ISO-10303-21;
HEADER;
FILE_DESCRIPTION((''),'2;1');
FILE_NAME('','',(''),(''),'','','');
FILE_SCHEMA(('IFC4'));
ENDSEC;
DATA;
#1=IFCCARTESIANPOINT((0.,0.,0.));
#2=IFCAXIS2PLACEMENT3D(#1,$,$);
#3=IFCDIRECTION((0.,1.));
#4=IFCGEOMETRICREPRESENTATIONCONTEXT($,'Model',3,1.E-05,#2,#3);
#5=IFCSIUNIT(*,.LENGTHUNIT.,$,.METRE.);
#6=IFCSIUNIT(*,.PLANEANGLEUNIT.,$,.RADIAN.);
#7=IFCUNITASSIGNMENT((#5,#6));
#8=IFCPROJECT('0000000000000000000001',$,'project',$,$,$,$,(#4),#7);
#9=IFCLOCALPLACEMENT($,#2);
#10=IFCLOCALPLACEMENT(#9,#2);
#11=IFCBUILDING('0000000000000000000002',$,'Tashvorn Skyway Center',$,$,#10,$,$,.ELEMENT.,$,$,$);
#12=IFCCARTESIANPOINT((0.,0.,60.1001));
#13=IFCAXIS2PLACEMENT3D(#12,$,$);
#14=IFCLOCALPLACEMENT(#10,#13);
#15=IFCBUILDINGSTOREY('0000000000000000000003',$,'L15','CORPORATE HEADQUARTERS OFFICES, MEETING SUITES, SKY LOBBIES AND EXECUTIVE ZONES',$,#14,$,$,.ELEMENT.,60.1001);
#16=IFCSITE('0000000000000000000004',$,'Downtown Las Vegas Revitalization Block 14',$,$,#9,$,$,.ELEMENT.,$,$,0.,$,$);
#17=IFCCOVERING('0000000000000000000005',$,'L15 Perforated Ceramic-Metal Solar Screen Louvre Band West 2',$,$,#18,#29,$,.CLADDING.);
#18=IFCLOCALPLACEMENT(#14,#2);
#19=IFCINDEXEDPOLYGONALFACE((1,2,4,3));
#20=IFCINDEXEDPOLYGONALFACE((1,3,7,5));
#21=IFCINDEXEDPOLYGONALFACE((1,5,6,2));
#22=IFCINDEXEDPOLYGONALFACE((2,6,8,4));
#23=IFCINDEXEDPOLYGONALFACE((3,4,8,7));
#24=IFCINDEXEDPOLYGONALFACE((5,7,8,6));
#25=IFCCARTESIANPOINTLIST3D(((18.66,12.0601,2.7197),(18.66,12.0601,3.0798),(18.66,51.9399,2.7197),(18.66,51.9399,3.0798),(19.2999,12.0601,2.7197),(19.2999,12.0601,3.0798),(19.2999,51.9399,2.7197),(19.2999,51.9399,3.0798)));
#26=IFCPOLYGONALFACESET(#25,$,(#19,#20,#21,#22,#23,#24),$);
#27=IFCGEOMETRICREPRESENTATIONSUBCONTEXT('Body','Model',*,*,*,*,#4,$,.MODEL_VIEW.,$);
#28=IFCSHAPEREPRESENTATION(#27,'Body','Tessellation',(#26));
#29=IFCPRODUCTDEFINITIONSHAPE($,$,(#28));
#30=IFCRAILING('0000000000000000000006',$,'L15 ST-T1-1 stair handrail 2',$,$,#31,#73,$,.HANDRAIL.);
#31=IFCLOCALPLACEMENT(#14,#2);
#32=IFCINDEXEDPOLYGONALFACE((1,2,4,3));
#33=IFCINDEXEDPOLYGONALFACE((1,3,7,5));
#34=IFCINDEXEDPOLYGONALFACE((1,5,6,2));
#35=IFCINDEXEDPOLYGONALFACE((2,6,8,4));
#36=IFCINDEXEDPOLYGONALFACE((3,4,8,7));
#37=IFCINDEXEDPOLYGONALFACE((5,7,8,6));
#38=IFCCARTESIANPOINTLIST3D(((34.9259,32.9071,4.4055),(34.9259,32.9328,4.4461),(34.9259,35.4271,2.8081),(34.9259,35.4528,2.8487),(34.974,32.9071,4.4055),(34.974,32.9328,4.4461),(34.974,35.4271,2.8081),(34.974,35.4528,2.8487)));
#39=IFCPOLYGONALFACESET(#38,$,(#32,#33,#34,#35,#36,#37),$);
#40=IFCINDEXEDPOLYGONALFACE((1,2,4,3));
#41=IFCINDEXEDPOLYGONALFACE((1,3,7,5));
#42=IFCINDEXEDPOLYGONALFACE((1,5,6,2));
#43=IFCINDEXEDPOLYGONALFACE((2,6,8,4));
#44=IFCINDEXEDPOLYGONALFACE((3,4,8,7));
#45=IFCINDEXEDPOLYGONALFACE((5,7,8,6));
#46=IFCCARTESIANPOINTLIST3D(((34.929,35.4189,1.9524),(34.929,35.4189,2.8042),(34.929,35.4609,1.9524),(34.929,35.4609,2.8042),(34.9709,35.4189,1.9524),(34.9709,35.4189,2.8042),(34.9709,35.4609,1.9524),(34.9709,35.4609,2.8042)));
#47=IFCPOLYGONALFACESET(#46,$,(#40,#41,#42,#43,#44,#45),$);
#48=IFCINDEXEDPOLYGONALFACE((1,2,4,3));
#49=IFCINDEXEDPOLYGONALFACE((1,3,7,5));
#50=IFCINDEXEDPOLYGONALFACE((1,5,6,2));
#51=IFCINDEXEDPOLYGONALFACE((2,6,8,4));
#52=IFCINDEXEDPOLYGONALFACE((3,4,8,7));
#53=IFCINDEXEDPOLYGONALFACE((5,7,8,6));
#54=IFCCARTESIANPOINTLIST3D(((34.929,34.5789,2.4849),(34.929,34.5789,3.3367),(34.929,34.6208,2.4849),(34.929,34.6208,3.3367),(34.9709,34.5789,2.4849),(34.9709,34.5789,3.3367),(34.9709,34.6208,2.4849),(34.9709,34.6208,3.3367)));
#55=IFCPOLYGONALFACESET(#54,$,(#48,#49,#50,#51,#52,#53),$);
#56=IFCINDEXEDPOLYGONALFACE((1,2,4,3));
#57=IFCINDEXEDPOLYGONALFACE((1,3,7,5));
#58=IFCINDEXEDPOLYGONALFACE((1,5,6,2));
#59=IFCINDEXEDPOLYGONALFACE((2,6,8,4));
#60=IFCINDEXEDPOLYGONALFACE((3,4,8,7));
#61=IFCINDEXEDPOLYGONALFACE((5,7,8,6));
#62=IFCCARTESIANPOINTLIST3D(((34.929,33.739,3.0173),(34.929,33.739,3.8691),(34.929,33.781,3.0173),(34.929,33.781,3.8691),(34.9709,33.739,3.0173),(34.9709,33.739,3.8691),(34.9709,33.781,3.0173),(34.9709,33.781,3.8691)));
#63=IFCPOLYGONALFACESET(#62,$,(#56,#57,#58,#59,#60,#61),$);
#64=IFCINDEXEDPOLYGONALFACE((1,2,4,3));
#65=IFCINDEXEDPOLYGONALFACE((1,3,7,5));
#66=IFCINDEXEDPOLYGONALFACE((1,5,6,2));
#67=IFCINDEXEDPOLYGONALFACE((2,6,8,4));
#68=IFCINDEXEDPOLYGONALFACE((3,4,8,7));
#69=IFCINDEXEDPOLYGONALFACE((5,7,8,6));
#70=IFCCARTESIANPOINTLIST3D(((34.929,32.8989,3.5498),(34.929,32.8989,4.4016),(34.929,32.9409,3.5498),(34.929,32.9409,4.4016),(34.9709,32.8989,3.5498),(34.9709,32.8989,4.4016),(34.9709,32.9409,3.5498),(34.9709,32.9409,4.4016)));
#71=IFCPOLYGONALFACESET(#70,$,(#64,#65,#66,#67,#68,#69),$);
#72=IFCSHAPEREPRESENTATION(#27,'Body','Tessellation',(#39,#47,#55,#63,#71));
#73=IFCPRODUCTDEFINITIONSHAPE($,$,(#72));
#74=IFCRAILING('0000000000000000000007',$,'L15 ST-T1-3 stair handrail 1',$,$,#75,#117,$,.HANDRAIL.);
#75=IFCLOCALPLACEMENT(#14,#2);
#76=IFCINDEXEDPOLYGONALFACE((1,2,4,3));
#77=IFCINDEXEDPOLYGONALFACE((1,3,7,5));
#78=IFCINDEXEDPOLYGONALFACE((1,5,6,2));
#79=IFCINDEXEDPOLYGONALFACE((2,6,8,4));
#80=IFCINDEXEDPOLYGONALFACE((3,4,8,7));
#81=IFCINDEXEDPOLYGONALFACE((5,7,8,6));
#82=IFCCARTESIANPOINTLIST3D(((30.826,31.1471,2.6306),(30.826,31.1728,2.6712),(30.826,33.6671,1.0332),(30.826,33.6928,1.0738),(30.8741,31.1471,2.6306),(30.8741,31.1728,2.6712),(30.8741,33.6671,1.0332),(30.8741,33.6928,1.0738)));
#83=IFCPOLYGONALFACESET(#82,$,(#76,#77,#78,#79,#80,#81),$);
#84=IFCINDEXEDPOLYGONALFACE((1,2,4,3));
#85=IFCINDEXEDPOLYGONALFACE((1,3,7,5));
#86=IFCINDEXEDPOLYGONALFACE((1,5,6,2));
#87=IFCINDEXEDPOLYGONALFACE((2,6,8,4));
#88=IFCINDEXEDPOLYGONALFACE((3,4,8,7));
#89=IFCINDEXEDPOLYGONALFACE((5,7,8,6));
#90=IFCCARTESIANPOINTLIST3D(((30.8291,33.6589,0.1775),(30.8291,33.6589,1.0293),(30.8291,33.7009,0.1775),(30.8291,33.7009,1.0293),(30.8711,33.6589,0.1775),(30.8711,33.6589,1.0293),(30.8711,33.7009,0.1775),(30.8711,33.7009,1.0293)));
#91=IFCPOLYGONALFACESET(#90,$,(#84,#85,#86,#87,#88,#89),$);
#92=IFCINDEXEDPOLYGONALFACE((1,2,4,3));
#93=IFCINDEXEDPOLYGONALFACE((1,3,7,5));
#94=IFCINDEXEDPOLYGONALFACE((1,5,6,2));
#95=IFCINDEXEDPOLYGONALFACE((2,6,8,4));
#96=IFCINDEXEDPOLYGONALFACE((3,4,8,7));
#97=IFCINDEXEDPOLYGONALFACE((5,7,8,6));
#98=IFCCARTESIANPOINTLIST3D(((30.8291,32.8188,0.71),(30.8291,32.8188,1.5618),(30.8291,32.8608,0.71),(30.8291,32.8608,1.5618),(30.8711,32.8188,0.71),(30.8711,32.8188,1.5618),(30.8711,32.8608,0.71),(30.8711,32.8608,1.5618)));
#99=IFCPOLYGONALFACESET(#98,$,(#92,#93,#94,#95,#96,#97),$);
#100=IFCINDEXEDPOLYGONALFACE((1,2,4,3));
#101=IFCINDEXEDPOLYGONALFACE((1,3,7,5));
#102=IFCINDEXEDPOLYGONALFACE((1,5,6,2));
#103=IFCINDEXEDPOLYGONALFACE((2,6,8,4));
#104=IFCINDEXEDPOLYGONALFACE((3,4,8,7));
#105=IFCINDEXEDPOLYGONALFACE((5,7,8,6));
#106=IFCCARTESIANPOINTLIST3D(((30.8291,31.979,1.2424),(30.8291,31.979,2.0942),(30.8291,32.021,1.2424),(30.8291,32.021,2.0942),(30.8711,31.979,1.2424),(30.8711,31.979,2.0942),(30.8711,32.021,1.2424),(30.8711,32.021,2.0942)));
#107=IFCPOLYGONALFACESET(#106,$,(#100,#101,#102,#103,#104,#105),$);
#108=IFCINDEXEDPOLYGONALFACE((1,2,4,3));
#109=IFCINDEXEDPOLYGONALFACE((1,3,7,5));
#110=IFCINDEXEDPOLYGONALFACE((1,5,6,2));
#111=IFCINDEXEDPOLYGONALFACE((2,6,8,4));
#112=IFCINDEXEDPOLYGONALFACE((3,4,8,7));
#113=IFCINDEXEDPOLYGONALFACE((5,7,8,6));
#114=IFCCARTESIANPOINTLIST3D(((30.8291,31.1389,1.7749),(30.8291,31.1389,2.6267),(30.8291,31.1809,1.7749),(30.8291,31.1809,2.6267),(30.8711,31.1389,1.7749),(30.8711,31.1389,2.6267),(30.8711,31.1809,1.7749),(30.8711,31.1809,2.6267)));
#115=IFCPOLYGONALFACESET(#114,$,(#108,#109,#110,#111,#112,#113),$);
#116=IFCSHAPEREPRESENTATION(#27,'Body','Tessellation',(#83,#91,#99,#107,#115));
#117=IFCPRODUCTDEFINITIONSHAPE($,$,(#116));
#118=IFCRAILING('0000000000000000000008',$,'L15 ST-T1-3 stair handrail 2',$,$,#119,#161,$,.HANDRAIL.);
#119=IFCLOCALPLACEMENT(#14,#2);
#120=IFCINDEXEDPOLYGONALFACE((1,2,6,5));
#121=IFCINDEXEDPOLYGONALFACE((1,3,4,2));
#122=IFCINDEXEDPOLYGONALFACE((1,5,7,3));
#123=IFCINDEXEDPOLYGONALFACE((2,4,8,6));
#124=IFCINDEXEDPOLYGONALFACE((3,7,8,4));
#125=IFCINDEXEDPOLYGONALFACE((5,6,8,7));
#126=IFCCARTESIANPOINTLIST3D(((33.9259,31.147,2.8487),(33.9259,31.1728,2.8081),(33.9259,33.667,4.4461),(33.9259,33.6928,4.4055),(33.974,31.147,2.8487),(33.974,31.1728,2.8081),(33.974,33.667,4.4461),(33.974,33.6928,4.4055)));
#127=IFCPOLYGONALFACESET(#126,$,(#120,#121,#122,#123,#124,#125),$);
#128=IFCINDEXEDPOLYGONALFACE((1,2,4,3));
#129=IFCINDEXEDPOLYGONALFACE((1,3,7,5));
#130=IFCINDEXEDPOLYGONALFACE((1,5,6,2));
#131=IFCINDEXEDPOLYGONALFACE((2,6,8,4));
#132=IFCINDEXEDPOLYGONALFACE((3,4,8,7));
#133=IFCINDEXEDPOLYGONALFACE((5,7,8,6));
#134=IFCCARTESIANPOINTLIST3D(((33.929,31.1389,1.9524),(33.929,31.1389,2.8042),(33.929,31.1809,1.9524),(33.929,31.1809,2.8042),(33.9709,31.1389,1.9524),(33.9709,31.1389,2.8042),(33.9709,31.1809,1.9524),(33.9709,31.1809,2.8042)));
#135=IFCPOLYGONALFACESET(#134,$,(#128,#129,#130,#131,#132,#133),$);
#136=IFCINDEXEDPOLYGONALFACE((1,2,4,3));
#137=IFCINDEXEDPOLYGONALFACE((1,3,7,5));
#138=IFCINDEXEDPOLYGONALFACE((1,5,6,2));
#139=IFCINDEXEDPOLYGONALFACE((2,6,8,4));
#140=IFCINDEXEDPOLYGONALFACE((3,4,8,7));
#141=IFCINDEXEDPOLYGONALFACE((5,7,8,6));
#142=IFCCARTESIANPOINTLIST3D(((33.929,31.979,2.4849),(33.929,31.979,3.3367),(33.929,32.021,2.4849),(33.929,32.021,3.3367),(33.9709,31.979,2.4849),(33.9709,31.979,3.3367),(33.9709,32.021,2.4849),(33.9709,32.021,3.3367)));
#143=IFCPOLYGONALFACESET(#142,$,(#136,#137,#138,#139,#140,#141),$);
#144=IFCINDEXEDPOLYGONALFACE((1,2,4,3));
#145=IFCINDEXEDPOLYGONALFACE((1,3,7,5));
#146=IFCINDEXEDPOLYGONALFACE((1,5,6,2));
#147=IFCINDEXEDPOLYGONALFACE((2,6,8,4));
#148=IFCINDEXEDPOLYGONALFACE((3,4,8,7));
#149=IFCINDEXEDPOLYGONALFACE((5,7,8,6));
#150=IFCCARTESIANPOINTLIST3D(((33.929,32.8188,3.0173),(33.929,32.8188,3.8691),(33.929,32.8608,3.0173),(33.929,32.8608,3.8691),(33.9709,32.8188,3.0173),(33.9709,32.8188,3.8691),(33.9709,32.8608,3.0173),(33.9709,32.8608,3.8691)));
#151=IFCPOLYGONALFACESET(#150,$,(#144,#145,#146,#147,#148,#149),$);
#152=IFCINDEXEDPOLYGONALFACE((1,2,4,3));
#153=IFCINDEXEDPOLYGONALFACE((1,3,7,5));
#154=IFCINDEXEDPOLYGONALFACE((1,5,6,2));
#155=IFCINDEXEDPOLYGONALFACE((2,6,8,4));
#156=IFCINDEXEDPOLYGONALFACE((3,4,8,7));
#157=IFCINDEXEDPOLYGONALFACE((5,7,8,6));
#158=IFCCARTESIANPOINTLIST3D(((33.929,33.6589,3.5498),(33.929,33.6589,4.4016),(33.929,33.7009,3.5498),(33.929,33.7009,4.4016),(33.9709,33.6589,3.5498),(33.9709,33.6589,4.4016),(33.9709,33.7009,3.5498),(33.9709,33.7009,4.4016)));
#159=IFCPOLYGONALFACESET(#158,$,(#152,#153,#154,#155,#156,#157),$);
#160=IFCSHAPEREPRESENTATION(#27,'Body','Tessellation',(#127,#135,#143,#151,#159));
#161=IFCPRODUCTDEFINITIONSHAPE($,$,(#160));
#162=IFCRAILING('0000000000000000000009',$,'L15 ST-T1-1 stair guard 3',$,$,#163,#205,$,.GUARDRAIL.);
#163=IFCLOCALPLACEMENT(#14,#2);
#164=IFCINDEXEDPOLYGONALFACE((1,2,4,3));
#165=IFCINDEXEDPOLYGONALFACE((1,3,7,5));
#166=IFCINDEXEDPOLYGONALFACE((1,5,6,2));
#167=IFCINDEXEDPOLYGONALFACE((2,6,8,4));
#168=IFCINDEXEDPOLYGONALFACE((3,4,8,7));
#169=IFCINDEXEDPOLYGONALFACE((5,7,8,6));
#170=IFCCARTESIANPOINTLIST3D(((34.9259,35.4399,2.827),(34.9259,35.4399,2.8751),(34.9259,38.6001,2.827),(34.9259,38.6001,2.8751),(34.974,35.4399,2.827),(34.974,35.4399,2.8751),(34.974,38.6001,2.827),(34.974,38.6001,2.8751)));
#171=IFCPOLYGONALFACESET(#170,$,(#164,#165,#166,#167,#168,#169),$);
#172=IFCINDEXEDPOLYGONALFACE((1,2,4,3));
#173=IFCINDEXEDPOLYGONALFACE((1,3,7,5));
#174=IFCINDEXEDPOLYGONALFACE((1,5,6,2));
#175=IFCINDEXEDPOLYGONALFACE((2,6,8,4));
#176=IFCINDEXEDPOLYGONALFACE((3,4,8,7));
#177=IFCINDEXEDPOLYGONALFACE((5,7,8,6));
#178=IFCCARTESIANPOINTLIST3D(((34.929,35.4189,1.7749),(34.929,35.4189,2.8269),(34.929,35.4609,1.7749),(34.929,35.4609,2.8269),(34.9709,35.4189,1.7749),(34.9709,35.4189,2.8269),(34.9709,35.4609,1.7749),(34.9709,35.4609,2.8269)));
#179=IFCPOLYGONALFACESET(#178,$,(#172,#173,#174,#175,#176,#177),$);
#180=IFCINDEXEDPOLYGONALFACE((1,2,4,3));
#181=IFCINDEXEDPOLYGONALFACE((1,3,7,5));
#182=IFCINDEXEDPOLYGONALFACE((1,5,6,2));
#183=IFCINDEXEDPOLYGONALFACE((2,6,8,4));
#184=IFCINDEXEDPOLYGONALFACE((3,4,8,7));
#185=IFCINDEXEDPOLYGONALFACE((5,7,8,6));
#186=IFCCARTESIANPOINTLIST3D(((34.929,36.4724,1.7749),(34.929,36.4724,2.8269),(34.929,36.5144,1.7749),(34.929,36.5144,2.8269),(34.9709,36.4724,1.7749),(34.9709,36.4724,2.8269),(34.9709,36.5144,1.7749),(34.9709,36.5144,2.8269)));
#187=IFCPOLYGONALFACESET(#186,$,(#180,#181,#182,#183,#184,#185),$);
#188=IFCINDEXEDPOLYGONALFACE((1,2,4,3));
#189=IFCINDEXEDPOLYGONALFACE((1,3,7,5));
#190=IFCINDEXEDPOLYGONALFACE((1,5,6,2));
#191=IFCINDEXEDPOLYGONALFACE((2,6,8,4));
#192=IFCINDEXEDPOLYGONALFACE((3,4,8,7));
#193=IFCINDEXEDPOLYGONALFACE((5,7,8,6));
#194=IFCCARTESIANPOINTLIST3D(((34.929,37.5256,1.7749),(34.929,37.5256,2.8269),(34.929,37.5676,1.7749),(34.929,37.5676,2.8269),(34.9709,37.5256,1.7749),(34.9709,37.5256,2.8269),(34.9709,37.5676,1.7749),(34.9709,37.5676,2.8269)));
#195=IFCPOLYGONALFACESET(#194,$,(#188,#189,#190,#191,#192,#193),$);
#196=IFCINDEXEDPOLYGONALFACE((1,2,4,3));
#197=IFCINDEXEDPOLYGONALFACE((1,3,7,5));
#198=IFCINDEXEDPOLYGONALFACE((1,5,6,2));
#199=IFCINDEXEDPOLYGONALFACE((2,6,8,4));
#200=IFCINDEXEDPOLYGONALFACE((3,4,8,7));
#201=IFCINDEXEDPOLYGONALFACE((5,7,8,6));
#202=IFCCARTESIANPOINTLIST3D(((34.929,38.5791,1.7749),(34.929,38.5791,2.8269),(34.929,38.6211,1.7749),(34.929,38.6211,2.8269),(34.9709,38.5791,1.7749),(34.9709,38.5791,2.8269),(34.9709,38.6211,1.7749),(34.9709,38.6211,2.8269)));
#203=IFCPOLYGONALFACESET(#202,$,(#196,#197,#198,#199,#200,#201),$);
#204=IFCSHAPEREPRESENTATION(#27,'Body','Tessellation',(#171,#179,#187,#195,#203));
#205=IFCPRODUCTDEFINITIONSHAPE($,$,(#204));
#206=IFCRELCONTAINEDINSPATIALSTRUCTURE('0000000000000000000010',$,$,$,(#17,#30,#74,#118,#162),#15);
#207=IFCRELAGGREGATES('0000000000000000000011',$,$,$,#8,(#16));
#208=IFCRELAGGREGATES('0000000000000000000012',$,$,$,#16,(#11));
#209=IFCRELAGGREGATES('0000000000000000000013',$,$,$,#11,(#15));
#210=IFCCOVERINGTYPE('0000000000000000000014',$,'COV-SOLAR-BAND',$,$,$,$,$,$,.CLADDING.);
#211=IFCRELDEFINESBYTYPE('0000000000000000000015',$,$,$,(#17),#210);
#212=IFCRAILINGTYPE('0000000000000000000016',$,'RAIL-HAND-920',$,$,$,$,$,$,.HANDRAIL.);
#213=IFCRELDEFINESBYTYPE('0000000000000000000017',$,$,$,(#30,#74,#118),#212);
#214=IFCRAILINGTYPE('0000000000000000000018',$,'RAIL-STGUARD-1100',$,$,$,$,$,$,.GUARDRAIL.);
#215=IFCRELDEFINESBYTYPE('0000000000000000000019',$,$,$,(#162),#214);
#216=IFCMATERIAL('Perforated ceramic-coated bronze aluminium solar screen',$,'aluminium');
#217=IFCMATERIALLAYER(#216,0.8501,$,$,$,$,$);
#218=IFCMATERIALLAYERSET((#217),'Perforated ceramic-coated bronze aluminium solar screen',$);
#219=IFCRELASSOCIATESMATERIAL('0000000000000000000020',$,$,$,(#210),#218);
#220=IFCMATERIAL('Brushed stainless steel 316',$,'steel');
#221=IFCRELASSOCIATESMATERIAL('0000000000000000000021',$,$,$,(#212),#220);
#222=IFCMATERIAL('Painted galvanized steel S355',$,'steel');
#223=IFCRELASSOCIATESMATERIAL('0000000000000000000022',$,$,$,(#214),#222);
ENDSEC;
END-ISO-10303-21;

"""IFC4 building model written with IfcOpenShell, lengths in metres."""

from ifc_helpers import new_model, si_unit, direction, frame, origin, origin_2d, place, context, subcontext, project, spatial, rectangle, extrude, material, layer, layer_set, type_object, element, save


model = new_model("IFC4")

# Units and contexts
model_context = context("Model", 3, precision=1e-05, world=origin(), true_north=direction((0.0, 1.0)))
body_context = subcontext(model_context, "Body", "Model", "MODEL_VIEW")
ifc_project = project(units=[si_unit("LENGTHUNIT", "METRE"), si_unit("PLANEANGLEUNIT", "RADIAN")], contexts=[model_context])

# Site, building, storey
site_placement = place(None, origin())
site = spatial("IfcSite", under=ifc_project, at=site_placement, Name="Downtown Las Vegas Revitalization Block 14", CompositionType="ELEMENT", RefElevation=0.0)
building_placement = place(site_placement, origin())
building = spatial("IfcBuilding", under=site, at=building_placement, Name="Tashvorn Skyway Center", CompositionType="ELEMENT")
storey_placement = place(building_placement, frame((0.0, 0.0, 60.1001)))
storey = spatial("IfcBuildingStorey", under=building, at=storey_placement, Name="L15", Description="CORPORATE HEADQUARTERS OFFICES, MEETING SUITES, SKY LOBBIES AND EXECUTIVE ZONES", CompositionType="ELEMENT", Elevation=60.1001)

# Covering
ifc_material_1 = material(Name="Perforated ceramic-coated bronze aluminium solar screen", Category="aluminium")
ifc_layer_1 = layer(ifc_material_1, 0.8501)
ifc_layer_set_1 = layer_set([ifc_layer_1], Name="Perforated ceramic-coated bronze aluminium solar screen")
covering_type = type_object("IfcCoveringType", Name="COV-SOLAR-BAND", PredefinedType="CLADDING", material=ifc_layer_set_1)
for number, where, z_axis, x_axis, name in (
    (1, (18.98, 32.0, 2.7197), (0.0, 0.0, 1.0), (0.0, 1.0, 0.0), "L15 Perforated Ceramic-Metal Solar Screen Louvre Band West 2"),
):
    element("IfcCovering", number, at=place(storey_placement, frame(where, z_axis=z_axis, x_axis=x_axis)), inside=storey, type_object=covering_type, Name=name, PredefinedType="CLADDING", context=body_context, shape_type="SweptSolid", body=[
        extrude(rectangle(XDim=39.8799, YDim=0.6399, at=origin_2d()), origin(), (0.0, 0.0, 1.0), 0.3601),
    ])

# Railings
ifc_material_2 = material(Name="Brushed stainless steel 316", Category="steel")
railing_type_1 = type_object("IfcRailingType", Name="RAIL-HAND-920", PredefinedType="HANDRAIL", material=ifc_material_2)
for number, where, name in (
    (2, (34.95, 35.4399, 1.9524), "L15 ST-T1-1 stair handrail 2"),
    (3, (30.8501, 33.6799, 0.1775), "L15 ST-T1-3 stair handrail 1"),
):
    element("IfcRailing", number, at=place(storey_placement, frame(where)), inside=storey, type_object=railing_type_1, Name=name, PredefinedType="HANDRAIL", context=body_context, shape_type="SweptSolid", body=[
        extrude(rectangle(XDim=0.0481, YDim=0.0481, at=origin_2d()), frame((0.0, 0.0, 0.876), z_axis=(0.0, -0.844607, 0.535387), x_axis=(1.0, 0.0, 0.0)), (0.0, 0.0, 1.0), 2.9836),
        extrude(rectangle(XDim=0.042, YDim=0.042, at=origin_2d()), origin(), (0.0, 0.0, 1.0), 0.8518),
        extrude(rectangle(XDim=0.042, YDim=0.042, at=origin_2d()), frame((0.0, -0.8401, 0.5325)), (0.0, 0.0, 1.0), 0.8518),
        extrude(rectangle(XDim=0.042, YDim=0.042, at=origin_2d()), frame((0.0, -1.6799, 1.0649)), (0.0, 0.0, 1.0), 0.8518),
        extrude(rectangle(XDim=0.042, YDim=0.042, at=origin_2d()), frame((0.0, -2.52, 1.5974)), (0.0, 0.0, 1.0), 0.8518),
    ])
railing_1_placement = place(storey_placement, frame((33.95, 31.1599, 1.9524)))
element("IfcRailing", 4, at=railing_1_placement, inside=storey, type_object=railing_type_1, Name="L15 ST-T1-3 stair handrail 2", PredefinedType="HANDRAIL", context=body_context, shape_type="SweptSolid", body=[
    extrude(rectangle(XDim=0.0481, YDim=0.0481, at=origin_2d()), frame((0.0, 0.0, 0.876), z_axis=(0.0, 0.844607, 0.535387), x_axis=(-1.0, 0.0, 0.0)), (0.0, 0.0, 1.0), 2.9836),
    extrude(rectangle(XDim=0.042, YDim=0.042, at=origin_2d()), origin(), (0.0, 0.0, 1.0), 0.8518),
    extrude(rectangle(XDim=0.042, YDim=0.042, at=origin_2d()), frame((0.0, 0.8401, 0.5325)), (0.0, 0.0, 1.0), 0.8518),
    extrude(rectangle(XDim=0.042, YDim=0.042, at=origin_2d()), frame((0.0, 1.6799, 1.0649)), (0.0, 0.0, 1.0), 0.8518),
    extrude(rectangle(XDim=0.042, YDim=0.042, at=origin_2d()), frame((0.0, 2.52, 1.5974)), (0.0, 0.0, 1.0), 0.8518),
])
ifc_material_3 = material(Name="Painted galvanized steel S355", Category="steel")
railing_type_2 = type_object("IfcRailingType", Name="RAIL-STGUARD-1100", PredefinedType="GUARDRAIL", material=ifc_material_3)
railing_2_placement = place(storey_placement, frame((34.95, 35.4399, 1.7749)))
element("IfcRailing", 5, at=railing_2_placement, inside=storey, type_object=railing_type_2, Name="L15 ST-T1-1 stair guard 3", PredefinedType="GUARDRAIL", context=body_context, shape_type="SweptSolid", body=[
    extrude(rectangle(XDim=0.0481, YDim=0.0481, at=origin_2d()), frame((0.0, 0.0, 1.0762), z_axis=(0.0, 1.0, 0.0), x_axis=(-1.0, 0.0, 0.0)), (0.0, 0.0, 1.0), 3.1602),
    extrude(rectangle(XDim=0.042, YDim=0.042, at=origin_2d()), origin(), (0.0, 0.0, 1.0), 1.052),
    extrude(rectangle(XDim=0.042, YDim=0.042, at=origin_2d()), frame((0.0, 1.0535, 0.0)), (0.0, 0.0, 1.0), 1.052),
    extrude(rectangle(XDim=0.042, YDim=0.042, at=origin_2d()), frame((0.0, 2.1067, 0.0)), (0.0, 0.0, 1.0), 1.052),
    extrude(rectangle(XDim=0.042, YDim=0.042, at=origin_2d()), frame((0.0, 3.1602, 0.0)), (0.0, 0.0, 1.0), 1.052),
])

save(model, "model.ifc")
